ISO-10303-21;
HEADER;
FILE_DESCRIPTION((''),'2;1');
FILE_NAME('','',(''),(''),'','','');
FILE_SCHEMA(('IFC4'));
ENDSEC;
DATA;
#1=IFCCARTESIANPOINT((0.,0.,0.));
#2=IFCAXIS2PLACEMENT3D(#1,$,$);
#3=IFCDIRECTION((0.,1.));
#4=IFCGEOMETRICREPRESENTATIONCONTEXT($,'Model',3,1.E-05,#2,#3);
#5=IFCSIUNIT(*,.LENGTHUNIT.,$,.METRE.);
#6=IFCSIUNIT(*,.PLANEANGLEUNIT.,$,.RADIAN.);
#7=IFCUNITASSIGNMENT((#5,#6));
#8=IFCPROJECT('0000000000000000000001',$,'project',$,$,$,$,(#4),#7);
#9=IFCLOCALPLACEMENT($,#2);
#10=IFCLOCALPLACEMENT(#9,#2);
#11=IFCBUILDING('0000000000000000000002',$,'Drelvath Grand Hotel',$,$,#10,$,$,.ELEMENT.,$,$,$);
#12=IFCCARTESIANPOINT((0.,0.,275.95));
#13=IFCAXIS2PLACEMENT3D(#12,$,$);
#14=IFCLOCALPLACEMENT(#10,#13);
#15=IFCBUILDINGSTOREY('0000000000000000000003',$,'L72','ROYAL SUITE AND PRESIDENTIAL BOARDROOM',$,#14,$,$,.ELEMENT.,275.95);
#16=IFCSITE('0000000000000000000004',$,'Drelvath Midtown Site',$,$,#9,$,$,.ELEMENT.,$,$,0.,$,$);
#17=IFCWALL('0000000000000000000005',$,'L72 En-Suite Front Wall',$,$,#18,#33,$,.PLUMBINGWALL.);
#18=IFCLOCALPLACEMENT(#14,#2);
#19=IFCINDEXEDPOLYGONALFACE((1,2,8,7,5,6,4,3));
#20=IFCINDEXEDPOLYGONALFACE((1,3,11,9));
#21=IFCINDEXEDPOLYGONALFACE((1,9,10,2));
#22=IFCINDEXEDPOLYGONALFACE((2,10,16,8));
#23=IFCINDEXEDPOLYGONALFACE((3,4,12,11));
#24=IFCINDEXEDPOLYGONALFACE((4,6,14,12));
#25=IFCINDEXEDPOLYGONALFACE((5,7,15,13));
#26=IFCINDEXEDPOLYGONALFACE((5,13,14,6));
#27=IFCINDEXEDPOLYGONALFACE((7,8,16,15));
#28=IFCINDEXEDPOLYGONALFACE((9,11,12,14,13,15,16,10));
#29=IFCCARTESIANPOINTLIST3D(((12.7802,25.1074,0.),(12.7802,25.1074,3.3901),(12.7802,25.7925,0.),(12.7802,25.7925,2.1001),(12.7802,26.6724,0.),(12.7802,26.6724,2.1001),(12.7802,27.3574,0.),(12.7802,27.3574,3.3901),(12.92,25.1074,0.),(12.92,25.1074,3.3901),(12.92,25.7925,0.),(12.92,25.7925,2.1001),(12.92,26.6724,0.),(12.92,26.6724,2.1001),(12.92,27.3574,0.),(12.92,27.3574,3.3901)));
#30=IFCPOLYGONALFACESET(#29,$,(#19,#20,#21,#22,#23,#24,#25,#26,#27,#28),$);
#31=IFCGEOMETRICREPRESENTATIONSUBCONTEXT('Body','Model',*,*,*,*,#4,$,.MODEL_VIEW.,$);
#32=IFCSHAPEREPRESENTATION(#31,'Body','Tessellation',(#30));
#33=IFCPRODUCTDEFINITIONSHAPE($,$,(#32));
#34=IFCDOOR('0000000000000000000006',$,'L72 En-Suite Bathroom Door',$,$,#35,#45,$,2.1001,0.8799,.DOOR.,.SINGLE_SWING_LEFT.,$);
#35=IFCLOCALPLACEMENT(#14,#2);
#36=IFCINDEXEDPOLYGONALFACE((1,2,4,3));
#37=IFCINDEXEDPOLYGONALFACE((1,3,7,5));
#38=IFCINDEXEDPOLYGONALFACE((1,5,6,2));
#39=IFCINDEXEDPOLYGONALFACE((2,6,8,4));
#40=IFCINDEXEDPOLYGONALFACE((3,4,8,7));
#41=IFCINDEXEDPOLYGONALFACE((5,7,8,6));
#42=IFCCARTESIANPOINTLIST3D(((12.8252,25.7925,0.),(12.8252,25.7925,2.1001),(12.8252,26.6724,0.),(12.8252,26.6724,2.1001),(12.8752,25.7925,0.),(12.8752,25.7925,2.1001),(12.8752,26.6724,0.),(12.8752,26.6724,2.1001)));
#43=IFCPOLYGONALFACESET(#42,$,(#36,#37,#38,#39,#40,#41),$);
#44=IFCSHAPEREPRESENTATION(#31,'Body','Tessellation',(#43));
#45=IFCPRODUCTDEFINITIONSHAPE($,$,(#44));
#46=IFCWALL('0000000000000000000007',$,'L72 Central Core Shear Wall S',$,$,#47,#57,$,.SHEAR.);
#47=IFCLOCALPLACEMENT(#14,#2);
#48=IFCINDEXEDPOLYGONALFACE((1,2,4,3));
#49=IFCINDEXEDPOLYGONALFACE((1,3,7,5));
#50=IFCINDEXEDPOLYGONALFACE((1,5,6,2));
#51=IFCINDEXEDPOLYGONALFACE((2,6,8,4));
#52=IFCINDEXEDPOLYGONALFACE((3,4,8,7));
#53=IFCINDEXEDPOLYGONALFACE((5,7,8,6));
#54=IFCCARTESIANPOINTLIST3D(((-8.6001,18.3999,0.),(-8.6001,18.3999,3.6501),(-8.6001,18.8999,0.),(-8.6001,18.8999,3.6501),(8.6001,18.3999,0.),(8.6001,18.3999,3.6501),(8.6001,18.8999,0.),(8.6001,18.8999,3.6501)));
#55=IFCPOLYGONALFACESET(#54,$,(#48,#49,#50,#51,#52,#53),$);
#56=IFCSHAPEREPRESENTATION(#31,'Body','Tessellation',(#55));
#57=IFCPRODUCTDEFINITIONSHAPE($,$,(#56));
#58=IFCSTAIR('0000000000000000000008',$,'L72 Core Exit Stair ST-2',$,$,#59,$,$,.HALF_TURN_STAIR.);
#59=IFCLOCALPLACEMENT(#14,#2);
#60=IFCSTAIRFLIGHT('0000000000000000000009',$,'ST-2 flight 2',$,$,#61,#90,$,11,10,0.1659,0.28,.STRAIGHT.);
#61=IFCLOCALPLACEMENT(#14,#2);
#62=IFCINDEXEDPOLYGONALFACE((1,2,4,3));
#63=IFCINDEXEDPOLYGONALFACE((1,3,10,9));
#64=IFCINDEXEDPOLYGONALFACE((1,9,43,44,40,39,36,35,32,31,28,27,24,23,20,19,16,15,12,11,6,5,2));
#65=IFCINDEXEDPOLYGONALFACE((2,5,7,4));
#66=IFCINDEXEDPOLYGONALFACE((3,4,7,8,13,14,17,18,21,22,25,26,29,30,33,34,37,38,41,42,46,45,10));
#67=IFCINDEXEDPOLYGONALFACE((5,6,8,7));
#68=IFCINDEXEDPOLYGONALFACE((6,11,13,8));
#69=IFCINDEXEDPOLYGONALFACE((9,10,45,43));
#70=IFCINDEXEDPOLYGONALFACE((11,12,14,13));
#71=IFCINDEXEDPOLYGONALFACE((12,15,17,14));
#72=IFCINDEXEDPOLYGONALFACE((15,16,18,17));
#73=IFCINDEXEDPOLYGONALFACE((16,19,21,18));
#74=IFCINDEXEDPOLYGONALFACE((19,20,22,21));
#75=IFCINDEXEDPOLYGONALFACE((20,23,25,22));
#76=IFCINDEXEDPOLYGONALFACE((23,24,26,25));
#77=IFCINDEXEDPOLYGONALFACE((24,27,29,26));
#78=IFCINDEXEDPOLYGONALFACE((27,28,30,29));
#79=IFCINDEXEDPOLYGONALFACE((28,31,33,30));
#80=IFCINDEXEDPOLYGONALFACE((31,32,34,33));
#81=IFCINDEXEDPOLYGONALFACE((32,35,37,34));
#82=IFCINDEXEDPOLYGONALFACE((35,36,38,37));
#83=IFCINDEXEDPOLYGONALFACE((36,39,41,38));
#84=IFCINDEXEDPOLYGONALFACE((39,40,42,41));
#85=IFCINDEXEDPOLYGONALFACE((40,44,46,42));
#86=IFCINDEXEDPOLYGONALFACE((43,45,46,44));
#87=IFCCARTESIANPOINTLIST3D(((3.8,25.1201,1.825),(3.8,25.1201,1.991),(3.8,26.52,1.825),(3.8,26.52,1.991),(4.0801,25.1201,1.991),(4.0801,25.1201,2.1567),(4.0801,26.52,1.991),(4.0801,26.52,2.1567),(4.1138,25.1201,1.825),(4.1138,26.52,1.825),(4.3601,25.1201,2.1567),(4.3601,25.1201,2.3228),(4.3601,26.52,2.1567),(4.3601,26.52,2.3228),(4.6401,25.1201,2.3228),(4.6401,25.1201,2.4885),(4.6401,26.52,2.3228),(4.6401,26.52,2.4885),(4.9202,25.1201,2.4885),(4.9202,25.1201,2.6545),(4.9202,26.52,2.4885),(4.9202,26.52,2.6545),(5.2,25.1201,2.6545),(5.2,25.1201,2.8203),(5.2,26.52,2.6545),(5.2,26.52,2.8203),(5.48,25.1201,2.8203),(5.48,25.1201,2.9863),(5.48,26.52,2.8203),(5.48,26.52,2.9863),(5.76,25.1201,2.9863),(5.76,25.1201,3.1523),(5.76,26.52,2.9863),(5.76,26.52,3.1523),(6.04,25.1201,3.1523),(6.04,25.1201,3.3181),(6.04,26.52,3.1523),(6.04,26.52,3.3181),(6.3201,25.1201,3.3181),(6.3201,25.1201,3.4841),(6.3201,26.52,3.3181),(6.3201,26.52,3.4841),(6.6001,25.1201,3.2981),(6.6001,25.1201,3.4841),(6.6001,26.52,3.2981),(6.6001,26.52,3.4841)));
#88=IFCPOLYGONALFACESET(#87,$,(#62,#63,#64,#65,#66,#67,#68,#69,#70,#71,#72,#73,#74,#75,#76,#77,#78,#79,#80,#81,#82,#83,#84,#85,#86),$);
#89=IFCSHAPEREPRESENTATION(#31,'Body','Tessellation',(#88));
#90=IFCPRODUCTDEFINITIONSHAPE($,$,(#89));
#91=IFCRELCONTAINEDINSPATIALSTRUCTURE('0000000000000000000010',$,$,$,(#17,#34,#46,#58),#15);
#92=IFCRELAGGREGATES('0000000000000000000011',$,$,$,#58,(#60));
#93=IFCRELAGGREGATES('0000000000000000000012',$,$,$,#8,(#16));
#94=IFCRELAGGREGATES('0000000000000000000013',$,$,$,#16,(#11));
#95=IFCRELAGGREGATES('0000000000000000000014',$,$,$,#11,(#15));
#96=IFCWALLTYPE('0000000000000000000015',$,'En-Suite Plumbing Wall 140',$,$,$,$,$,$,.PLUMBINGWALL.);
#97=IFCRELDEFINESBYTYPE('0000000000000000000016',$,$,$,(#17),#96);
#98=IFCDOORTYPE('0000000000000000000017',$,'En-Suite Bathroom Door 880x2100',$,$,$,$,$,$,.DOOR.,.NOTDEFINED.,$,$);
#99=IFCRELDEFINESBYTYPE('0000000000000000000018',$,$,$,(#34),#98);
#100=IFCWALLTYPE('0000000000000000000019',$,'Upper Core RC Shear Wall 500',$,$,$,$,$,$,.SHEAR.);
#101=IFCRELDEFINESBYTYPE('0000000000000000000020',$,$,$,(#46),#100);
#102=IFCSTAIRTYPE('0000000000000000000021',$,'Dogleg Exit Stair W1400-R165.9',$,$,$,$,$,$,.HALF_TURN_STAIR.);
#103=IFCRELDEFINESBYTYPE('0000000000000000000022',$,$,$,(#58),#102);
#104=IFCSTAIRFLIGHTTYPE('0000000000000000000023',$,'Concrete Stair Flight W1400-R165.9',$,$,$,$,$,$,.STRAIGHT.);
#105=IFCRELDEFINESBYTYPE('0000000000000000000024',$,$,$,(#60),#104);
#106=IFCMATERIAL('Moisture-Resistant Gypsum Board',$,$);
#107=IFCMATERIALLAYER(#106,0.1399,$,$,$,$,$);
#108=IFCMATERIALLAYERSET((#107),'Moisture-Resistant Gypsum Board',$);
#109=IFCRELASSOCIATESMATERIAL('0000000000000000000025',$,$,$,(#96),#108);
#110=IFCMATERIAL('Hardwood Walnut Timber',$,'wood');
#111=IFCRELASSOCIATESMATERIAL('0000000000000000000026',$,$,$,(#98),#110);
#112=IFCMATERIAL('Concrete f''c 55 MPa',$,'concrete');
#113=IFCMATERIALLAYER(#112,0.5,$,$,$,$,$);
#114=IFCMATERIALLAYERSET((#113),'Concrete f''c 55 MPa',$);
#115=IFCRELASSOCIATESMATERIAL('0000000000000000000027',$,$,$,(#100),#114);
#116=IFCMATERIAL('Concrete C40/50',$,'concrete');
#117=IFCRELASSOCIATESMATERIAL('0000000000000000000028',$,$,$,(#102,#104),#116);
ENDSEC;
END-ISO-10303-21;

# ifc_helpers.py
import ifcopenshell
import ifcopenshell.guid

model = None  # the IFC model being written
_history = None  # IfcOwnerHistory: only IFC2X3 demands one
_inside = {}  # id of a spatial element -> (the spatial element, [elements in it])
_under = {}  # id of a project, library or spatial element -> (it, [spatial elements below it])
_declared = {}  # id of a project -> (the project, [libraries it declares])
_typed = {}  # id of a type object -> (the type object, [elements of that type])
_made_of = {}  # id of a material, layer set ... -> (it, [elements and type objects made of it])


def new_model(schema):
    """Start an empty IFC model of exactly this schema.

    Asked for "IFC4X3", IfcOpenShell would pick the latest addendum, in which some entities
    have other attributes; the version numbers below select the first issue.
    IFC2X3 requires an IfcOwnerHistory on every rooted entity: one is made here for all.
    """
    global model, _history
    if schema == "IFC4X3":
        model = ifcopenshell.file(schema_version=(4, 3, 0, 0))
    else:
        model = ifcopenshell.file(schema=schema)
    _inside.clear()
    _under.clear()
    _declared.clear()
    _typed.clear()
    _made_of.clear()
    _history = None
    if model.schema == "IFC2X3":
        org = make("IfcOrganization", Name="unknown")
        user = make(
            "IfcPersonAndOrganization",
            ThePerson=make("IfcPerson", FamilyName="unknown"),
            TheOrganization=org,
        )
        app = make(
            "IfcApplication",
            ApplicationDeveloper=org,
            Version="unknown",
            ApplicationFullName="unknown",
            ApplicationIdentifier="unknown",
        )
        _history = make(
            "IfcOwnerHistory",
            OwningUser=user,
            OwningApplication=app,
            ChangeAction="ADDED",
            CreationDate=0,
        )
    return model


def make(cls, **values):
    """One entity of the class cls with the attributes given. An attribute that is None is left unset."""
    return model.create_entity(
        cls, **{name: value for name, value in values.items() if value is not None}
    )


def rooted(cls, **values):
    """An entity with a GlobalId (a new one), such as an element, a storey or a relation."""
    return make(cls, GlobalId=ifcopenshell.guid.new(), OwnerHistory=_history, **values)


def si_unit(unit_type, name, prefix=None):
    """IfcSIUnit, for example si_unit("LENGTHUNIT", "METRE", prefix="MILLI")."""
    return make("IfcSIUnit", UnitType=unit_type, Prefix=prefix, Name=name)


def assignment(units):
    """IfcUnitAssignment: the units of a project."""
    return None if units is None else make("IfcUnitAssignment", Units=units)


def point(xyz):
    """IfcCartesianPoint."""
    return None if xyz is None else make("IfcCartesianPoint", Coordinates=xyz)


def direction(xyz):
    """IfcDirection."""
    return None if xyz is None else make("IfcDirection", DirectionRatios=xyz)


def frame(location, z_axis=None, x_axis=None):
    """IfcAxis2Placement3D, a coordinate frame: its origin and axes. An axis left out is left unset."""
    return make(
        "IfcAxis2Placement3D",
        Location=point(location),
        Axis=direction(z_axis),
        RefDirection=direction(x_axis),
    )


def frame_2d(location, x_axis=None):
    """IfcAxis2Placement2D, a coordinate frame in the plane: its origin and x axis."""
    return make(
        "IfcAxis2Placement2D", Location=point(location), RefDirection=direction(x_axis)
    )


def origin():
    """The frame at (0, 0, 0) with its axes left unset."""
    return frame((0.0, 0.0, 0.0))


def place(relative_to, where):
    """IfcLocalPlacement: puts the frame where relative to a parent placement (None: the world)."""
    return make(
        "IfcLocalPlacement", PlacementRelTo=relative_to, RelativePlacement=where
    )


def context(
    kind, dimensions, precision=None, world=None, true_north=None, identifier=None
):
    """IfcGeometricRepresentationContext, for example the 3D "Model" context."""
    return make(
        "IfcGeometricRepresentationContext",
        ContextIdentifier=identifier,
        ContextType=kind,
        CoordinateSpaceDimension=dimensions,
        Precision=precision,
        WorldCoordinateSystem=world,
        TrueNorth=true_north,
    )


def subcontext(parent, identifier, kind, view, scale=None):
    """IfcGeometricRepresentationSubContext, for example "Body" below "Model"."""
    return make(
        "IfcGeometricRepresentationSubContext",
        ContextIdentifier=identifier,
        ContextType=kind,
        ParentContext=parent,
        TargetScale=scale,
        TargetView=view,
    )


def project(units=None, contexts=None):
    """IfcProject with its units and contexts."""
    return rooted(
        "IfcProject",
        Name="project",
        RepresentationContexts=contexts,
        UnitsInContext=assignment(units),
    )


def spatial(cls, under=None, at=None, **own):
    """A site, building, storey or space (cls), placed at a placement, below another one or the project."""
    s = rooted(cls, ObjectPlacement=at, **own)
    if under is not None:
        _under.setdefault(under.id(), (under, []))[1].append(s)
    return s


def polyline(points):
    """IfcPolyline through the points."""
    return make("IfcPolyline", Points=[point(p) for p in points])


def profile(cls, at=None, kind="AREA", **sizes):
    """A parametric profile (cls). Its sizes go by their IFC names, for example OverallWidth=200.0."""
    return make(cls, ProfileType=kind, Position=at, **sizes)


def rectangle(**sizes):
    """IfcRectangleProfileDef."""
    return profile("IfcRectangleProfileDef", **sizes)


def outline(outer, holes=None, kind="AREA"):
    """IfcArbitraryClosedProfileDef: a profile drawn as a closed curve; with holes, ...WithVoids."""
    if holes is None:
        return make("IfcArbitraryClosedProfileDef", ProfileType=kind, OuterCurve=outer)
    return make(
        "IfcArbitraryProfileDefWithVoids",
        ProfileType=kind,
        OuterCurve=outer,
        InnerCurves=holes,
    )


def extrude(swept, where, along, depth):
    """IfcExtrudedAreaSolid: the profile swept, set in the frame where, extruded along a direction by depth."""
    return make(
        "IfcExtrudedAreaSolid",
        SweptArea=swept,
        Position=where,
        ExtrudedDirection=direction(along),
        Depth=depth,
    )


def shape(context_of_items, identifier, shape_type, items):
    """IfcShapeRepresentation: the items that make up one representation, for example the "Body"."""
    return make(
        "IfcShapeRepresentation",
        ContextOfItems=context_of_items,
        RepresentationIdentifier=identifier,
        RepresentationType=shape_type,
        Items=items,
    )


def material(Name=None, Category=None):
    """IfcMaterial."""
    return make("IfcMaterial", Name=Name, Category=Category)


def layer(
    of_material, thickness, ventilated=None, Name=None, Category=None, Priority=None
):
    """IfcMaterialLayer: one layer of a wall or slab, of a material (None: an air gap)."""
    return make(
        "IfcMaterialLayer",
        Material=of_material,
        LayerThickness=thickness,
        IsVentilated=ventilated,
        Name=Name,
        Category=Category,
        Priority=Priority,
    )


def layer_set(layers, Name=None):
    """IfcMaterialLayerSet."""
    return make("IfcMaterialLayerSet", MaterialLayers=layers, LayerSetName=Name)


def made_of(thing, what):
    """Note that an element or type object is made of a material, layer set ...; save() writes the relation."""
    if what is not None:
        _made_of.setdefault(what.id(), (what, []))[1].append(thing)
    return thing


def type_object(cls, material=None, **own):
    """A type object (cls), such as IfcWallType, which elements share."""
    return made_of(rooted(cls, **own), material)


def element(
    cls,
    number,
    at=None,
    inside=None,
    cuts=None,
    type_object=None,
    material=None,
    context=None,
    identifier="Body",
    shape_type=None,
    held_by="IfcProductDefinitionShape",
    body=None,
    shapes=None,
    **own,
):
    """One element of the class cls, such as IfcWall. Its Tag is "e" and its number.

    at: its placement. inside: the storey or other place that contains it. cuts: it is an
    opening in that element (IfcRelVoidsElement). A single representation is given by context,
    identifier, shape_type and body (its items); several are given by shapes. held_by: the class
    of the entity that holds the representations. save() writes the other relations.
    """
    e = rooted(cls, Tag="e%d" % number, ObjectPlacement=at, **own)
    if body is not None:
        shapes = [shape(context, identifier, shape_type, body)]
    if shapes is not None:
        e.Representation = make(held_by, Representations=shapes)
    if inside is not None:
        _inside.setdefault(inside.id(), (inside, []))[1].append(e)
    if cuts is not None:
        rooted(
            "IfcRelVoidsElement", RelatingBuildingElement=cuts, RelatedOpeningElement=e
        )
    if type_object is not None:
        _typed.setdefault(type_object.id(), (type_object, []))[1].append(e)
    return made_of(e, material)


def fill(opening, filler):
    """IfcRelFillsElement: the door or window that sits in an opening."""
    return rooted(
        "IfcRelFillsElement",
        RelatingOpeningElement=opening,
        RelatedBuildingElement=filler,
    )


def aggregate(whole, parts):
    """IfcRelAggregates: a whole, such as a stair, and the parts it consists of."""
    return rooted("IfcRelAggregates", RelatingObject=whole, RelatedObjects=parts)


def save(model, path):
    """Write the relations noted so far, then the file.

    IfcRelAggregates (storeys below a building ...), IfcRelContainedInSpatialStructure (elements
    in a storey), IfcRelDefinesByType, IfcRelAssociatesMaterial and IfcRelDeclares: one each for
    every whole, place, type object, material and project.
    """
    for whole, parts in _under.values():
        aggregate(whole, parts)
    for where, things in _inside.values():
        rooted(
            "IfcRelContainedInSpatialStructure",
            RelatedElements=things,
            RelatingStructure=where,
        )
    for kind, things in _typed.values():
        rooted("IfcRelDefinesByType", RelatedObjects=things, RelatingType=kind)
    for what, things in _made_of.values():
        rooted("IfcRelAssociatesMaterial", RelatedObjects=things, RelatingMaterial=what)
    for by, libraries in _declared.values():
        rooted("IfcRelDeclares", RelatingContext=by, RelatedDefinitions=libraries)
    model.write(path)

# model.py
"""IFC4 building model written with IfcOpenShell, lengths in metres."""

from ifc_helpers import new_model, si_unit, direction, frame, frame_2d, origin, place, context, subcontext, project, spatial, polyline, rectangle, outline, extrude, material, layer, layer_set, type_object, element, fill, aggregate, save


model = new_model("IFC4")

# Units and contexts
model_context = context("Model", 3, precision=1e-05, world=origin(), true_north=direction((0.0, 1.0)))
body_context = subcontext(model_context, "Body", "Model", "MODEL_VIEW")
ifc_project = project(units=[si_unit("LENGTHUNIT", "METRE"), si_unit("PLANEANGLEUNIT", "RADIAN")], contexts=[model_context])

# Site, building, storey
site_placement = place(None, origin())
site = spatial("IfcSite", under=ifc_project, at=site_placement, Name="Drelvath Midtown Site", CompositionType="ELEMENT", RefElevation=0.0)
building_placement = place(site_placement, origin())
building = spatial("IfcBuilding", under=site, at=building_placement, Name="Drelvath Grand Hotel", CompositionType="ELEMENT")
storey_placement = place(building_placement, frame((0.0, 0.0, 275.95)))
storey = spatial("IfcBuildingStorey", under=building, at=storey_placement, Name="L72", Description="ROYAL SUITE AND PRESIDENTIAL BOARDROOM", CompositionType="ELEMENT", Elevation=275.95)

# Shared definitions
ifc_material_1 = material(Name="Concrete f'c 55 MPa", Category="concrete")

# Shared definitions
ifc_material_2 = material(Name="Concrete C40/50", Category="concrete")

# Shared definitions
ifc_material_3 = material(Name="Hardwood Walnut Timber", Category="wood")

# Shared definitions
ifc_material_4 = material(Name="Moisture-Resistant Gypsum Board")
ifc_layer_1 = layer(ifc_material_4, 0.1399)
ifc_layer_set_1 = layer_set([ifc_layer_1], Name="Moisture-Resistant Gypsum Board")
wall_type_1 = type_object("IfcWallType", Name="En-Suite Plumbing Wall 140", PredefinedType="PLUMBINGWALL", material=ifc_layer_set_1)

# Wall, opening, door
wall_1_placement = place(storey_placement, frame((12.8501, 25.1074, 0.0), z_axis=(0.0, 0.0, 1.0), x_axis=(0.0, 1.0, 0.0)))
wall_1 = element("IfcWall", 1, at=wall_1_placement, inside=storey, type_object=wall_type_1, Name="L72 En-Suite Front Wall", PredefinedType="PLUMBINGWALL", context=body_context, shape_type="SweptSolid", body=[
    extrude(rectangle(XDim=2.25, YDim=0.1399, at=frame_2d((1.125, 0.0))), origin(), (0.0, 0.0, 1.0), 3.3901),
])
opening_1_placement = place(wall_1_placement, frame((0.6851, 0.0, 0.0)))
opening_1 = element("IfcOpeningElement", 2, at=opening_1_placement, cuts=wall_1, PredefinedType="OPENING", context=body_context, shape_type="SweptSolid", body=[
    extrude(rectangle(XDim=0.8799, YDim=2.1001, at=frame_2d((0.4399, 1.05))), frame((0.0, 0.0798, 0.0), z_axis=(0.0, -1.0, 0.0), x_axis=(1.0, 0.0, 0.0)), (0.0, 0.0, 1.0), 0.1599),
])
door_type_1 = type_object("IfcDoorType", Name="En-Suite Bathroom Door 880x2100", OperationType="NOTDEFINED", PredefinedType="DOOR", material=ifc_material_3)
door_1_placement = place(opening_1_placement, origin())
door_1 = element("IfcDoor", 3, at=door_1_placement, inside=storey, type_object=door_type_1, Name="L72 En-Suite Bathroom Door", OperationType="SINGLE_SWING_LEFT", OverallHeight=2.1001, OverallWidth=0.8799, PredefinedType="DOOR", context=body_context, shape_type="SweptSolid", body=[
    extrude(rectangle(XDim=0.8799, YDim=2.1001, at=frame_2d((0.4399, 1.05))), frame((0.0, 0.0249, 0.0), z_axis=(0.0, -1.0, 0.0), x_axis=(1.0, 0.0, 0.0)), (0.0, 0.0, 1.0), 0.05),
])
fill(opening_1, door_1)

# Wall
ifc_layer_2 = layer(ifc_material_1, 0.5)
ifc_layer_set_2 = layer_set([ifc_layer_2], Name="Concrete f'c 55 MPa")
wall_type_2 = type_object("IfcWallType", Name="Upper Core RC Shear Wall 500", PredefinedType="SHEAR", material=ifc_layer_set_2)
wall_2_placement = place(storey_placement, frame((8.6001, 18.6499, 0.0), z_axis=(0.0, 0.0, 1.0), x_axis=(-1.0, 0.0, 0.0)))
element("IfcWall", 4, at=wall_2_placement, inside=storey, type_object=wall_type_2, Name="L72 Central Core Shear Wall S", PredefinedType="SHEAR", context=body_context, shape_type="SweptSolid", body=[
    extrude(rectangle(XDim=17.2002, YDim=0.5, at=frame_2d((8.6001, 0.0))), origin(), (0.0, 0.0, 1.0), 3.6501),
])

# Stair, stair flight
stair_type = type_object("IfcStairType", Name="Dogleg Exit Stair W1400-R165.9", PredefinedType="HALF_TURN_STAIR", material=ifc_material_2)
stair_placement = place(storey_placement, origin())
stair = element("IfcStair", 5, at=stair_placement, inside=storey, type_object=stair_type, Name="L72 Core Exit Stair ST-2", PredefinedType="HALF_TURN_STAIR")
stair_flight_type = type_object("IfcStairFlightType", Name="Concrete Stair Flight W1400-R165.9", PredefinedType="STRAIGHT", material=ifc_material_2)
stair_flight_placement = place(storey_placement, frame((3.8, 25.8201, 1.825), z_axis=(0.0, 0.0, 1.0), x_axis=(1.0, 0.0, 0.0)))
stair_flight = element("IfcStairFlight", 6, at=stair_flight_placement, type_object=stair_flight_type, Name="ST-2 flight 2", NumberOfRisers=11, NumberOfTreads=10, PredefinedType="STRAIGHT", RiserHeight=0.1659, TreadLength=0.28, context=body_context, shape_type="SweptSolid", body=[
    extrude(outline(polyline([(0.0, 0.0), (0.0, 0.166), (0.28, 0.166), (0.28, 0.3318), (0.5601, 0.3318), (0.5601, 0.4978), (0.8401, 0.4978), (0.8401, 0.6636), (1.1201, 0.6636), (1.1201, 0.8296), (1.3999, 0.8296), (1.3999, 0.9954), (1.6799, 0.9954), (1.6799, 1.1614), (1.96, 1.1614), (1.96, 1.3274), (2.24, 1.3274), (2.24, 1.4932), (2.52, 1.4932), (2.52, 1.6592), (2.8, 1.6592), (2.8, 1.825), (2.8, 1.4731), (0.3137, 0.0), (0.0, 0.0)])), frame((0.0, 0.7, 0.0), z_axis=(0.0, -1.0, 0.0), x_axis=(1.0, 0.0, 0.0)), (0.0, 0.0, 1.0), 1.3999),
])
aggregate(stair, [stair_flight])

save(model, "model.ifc")
